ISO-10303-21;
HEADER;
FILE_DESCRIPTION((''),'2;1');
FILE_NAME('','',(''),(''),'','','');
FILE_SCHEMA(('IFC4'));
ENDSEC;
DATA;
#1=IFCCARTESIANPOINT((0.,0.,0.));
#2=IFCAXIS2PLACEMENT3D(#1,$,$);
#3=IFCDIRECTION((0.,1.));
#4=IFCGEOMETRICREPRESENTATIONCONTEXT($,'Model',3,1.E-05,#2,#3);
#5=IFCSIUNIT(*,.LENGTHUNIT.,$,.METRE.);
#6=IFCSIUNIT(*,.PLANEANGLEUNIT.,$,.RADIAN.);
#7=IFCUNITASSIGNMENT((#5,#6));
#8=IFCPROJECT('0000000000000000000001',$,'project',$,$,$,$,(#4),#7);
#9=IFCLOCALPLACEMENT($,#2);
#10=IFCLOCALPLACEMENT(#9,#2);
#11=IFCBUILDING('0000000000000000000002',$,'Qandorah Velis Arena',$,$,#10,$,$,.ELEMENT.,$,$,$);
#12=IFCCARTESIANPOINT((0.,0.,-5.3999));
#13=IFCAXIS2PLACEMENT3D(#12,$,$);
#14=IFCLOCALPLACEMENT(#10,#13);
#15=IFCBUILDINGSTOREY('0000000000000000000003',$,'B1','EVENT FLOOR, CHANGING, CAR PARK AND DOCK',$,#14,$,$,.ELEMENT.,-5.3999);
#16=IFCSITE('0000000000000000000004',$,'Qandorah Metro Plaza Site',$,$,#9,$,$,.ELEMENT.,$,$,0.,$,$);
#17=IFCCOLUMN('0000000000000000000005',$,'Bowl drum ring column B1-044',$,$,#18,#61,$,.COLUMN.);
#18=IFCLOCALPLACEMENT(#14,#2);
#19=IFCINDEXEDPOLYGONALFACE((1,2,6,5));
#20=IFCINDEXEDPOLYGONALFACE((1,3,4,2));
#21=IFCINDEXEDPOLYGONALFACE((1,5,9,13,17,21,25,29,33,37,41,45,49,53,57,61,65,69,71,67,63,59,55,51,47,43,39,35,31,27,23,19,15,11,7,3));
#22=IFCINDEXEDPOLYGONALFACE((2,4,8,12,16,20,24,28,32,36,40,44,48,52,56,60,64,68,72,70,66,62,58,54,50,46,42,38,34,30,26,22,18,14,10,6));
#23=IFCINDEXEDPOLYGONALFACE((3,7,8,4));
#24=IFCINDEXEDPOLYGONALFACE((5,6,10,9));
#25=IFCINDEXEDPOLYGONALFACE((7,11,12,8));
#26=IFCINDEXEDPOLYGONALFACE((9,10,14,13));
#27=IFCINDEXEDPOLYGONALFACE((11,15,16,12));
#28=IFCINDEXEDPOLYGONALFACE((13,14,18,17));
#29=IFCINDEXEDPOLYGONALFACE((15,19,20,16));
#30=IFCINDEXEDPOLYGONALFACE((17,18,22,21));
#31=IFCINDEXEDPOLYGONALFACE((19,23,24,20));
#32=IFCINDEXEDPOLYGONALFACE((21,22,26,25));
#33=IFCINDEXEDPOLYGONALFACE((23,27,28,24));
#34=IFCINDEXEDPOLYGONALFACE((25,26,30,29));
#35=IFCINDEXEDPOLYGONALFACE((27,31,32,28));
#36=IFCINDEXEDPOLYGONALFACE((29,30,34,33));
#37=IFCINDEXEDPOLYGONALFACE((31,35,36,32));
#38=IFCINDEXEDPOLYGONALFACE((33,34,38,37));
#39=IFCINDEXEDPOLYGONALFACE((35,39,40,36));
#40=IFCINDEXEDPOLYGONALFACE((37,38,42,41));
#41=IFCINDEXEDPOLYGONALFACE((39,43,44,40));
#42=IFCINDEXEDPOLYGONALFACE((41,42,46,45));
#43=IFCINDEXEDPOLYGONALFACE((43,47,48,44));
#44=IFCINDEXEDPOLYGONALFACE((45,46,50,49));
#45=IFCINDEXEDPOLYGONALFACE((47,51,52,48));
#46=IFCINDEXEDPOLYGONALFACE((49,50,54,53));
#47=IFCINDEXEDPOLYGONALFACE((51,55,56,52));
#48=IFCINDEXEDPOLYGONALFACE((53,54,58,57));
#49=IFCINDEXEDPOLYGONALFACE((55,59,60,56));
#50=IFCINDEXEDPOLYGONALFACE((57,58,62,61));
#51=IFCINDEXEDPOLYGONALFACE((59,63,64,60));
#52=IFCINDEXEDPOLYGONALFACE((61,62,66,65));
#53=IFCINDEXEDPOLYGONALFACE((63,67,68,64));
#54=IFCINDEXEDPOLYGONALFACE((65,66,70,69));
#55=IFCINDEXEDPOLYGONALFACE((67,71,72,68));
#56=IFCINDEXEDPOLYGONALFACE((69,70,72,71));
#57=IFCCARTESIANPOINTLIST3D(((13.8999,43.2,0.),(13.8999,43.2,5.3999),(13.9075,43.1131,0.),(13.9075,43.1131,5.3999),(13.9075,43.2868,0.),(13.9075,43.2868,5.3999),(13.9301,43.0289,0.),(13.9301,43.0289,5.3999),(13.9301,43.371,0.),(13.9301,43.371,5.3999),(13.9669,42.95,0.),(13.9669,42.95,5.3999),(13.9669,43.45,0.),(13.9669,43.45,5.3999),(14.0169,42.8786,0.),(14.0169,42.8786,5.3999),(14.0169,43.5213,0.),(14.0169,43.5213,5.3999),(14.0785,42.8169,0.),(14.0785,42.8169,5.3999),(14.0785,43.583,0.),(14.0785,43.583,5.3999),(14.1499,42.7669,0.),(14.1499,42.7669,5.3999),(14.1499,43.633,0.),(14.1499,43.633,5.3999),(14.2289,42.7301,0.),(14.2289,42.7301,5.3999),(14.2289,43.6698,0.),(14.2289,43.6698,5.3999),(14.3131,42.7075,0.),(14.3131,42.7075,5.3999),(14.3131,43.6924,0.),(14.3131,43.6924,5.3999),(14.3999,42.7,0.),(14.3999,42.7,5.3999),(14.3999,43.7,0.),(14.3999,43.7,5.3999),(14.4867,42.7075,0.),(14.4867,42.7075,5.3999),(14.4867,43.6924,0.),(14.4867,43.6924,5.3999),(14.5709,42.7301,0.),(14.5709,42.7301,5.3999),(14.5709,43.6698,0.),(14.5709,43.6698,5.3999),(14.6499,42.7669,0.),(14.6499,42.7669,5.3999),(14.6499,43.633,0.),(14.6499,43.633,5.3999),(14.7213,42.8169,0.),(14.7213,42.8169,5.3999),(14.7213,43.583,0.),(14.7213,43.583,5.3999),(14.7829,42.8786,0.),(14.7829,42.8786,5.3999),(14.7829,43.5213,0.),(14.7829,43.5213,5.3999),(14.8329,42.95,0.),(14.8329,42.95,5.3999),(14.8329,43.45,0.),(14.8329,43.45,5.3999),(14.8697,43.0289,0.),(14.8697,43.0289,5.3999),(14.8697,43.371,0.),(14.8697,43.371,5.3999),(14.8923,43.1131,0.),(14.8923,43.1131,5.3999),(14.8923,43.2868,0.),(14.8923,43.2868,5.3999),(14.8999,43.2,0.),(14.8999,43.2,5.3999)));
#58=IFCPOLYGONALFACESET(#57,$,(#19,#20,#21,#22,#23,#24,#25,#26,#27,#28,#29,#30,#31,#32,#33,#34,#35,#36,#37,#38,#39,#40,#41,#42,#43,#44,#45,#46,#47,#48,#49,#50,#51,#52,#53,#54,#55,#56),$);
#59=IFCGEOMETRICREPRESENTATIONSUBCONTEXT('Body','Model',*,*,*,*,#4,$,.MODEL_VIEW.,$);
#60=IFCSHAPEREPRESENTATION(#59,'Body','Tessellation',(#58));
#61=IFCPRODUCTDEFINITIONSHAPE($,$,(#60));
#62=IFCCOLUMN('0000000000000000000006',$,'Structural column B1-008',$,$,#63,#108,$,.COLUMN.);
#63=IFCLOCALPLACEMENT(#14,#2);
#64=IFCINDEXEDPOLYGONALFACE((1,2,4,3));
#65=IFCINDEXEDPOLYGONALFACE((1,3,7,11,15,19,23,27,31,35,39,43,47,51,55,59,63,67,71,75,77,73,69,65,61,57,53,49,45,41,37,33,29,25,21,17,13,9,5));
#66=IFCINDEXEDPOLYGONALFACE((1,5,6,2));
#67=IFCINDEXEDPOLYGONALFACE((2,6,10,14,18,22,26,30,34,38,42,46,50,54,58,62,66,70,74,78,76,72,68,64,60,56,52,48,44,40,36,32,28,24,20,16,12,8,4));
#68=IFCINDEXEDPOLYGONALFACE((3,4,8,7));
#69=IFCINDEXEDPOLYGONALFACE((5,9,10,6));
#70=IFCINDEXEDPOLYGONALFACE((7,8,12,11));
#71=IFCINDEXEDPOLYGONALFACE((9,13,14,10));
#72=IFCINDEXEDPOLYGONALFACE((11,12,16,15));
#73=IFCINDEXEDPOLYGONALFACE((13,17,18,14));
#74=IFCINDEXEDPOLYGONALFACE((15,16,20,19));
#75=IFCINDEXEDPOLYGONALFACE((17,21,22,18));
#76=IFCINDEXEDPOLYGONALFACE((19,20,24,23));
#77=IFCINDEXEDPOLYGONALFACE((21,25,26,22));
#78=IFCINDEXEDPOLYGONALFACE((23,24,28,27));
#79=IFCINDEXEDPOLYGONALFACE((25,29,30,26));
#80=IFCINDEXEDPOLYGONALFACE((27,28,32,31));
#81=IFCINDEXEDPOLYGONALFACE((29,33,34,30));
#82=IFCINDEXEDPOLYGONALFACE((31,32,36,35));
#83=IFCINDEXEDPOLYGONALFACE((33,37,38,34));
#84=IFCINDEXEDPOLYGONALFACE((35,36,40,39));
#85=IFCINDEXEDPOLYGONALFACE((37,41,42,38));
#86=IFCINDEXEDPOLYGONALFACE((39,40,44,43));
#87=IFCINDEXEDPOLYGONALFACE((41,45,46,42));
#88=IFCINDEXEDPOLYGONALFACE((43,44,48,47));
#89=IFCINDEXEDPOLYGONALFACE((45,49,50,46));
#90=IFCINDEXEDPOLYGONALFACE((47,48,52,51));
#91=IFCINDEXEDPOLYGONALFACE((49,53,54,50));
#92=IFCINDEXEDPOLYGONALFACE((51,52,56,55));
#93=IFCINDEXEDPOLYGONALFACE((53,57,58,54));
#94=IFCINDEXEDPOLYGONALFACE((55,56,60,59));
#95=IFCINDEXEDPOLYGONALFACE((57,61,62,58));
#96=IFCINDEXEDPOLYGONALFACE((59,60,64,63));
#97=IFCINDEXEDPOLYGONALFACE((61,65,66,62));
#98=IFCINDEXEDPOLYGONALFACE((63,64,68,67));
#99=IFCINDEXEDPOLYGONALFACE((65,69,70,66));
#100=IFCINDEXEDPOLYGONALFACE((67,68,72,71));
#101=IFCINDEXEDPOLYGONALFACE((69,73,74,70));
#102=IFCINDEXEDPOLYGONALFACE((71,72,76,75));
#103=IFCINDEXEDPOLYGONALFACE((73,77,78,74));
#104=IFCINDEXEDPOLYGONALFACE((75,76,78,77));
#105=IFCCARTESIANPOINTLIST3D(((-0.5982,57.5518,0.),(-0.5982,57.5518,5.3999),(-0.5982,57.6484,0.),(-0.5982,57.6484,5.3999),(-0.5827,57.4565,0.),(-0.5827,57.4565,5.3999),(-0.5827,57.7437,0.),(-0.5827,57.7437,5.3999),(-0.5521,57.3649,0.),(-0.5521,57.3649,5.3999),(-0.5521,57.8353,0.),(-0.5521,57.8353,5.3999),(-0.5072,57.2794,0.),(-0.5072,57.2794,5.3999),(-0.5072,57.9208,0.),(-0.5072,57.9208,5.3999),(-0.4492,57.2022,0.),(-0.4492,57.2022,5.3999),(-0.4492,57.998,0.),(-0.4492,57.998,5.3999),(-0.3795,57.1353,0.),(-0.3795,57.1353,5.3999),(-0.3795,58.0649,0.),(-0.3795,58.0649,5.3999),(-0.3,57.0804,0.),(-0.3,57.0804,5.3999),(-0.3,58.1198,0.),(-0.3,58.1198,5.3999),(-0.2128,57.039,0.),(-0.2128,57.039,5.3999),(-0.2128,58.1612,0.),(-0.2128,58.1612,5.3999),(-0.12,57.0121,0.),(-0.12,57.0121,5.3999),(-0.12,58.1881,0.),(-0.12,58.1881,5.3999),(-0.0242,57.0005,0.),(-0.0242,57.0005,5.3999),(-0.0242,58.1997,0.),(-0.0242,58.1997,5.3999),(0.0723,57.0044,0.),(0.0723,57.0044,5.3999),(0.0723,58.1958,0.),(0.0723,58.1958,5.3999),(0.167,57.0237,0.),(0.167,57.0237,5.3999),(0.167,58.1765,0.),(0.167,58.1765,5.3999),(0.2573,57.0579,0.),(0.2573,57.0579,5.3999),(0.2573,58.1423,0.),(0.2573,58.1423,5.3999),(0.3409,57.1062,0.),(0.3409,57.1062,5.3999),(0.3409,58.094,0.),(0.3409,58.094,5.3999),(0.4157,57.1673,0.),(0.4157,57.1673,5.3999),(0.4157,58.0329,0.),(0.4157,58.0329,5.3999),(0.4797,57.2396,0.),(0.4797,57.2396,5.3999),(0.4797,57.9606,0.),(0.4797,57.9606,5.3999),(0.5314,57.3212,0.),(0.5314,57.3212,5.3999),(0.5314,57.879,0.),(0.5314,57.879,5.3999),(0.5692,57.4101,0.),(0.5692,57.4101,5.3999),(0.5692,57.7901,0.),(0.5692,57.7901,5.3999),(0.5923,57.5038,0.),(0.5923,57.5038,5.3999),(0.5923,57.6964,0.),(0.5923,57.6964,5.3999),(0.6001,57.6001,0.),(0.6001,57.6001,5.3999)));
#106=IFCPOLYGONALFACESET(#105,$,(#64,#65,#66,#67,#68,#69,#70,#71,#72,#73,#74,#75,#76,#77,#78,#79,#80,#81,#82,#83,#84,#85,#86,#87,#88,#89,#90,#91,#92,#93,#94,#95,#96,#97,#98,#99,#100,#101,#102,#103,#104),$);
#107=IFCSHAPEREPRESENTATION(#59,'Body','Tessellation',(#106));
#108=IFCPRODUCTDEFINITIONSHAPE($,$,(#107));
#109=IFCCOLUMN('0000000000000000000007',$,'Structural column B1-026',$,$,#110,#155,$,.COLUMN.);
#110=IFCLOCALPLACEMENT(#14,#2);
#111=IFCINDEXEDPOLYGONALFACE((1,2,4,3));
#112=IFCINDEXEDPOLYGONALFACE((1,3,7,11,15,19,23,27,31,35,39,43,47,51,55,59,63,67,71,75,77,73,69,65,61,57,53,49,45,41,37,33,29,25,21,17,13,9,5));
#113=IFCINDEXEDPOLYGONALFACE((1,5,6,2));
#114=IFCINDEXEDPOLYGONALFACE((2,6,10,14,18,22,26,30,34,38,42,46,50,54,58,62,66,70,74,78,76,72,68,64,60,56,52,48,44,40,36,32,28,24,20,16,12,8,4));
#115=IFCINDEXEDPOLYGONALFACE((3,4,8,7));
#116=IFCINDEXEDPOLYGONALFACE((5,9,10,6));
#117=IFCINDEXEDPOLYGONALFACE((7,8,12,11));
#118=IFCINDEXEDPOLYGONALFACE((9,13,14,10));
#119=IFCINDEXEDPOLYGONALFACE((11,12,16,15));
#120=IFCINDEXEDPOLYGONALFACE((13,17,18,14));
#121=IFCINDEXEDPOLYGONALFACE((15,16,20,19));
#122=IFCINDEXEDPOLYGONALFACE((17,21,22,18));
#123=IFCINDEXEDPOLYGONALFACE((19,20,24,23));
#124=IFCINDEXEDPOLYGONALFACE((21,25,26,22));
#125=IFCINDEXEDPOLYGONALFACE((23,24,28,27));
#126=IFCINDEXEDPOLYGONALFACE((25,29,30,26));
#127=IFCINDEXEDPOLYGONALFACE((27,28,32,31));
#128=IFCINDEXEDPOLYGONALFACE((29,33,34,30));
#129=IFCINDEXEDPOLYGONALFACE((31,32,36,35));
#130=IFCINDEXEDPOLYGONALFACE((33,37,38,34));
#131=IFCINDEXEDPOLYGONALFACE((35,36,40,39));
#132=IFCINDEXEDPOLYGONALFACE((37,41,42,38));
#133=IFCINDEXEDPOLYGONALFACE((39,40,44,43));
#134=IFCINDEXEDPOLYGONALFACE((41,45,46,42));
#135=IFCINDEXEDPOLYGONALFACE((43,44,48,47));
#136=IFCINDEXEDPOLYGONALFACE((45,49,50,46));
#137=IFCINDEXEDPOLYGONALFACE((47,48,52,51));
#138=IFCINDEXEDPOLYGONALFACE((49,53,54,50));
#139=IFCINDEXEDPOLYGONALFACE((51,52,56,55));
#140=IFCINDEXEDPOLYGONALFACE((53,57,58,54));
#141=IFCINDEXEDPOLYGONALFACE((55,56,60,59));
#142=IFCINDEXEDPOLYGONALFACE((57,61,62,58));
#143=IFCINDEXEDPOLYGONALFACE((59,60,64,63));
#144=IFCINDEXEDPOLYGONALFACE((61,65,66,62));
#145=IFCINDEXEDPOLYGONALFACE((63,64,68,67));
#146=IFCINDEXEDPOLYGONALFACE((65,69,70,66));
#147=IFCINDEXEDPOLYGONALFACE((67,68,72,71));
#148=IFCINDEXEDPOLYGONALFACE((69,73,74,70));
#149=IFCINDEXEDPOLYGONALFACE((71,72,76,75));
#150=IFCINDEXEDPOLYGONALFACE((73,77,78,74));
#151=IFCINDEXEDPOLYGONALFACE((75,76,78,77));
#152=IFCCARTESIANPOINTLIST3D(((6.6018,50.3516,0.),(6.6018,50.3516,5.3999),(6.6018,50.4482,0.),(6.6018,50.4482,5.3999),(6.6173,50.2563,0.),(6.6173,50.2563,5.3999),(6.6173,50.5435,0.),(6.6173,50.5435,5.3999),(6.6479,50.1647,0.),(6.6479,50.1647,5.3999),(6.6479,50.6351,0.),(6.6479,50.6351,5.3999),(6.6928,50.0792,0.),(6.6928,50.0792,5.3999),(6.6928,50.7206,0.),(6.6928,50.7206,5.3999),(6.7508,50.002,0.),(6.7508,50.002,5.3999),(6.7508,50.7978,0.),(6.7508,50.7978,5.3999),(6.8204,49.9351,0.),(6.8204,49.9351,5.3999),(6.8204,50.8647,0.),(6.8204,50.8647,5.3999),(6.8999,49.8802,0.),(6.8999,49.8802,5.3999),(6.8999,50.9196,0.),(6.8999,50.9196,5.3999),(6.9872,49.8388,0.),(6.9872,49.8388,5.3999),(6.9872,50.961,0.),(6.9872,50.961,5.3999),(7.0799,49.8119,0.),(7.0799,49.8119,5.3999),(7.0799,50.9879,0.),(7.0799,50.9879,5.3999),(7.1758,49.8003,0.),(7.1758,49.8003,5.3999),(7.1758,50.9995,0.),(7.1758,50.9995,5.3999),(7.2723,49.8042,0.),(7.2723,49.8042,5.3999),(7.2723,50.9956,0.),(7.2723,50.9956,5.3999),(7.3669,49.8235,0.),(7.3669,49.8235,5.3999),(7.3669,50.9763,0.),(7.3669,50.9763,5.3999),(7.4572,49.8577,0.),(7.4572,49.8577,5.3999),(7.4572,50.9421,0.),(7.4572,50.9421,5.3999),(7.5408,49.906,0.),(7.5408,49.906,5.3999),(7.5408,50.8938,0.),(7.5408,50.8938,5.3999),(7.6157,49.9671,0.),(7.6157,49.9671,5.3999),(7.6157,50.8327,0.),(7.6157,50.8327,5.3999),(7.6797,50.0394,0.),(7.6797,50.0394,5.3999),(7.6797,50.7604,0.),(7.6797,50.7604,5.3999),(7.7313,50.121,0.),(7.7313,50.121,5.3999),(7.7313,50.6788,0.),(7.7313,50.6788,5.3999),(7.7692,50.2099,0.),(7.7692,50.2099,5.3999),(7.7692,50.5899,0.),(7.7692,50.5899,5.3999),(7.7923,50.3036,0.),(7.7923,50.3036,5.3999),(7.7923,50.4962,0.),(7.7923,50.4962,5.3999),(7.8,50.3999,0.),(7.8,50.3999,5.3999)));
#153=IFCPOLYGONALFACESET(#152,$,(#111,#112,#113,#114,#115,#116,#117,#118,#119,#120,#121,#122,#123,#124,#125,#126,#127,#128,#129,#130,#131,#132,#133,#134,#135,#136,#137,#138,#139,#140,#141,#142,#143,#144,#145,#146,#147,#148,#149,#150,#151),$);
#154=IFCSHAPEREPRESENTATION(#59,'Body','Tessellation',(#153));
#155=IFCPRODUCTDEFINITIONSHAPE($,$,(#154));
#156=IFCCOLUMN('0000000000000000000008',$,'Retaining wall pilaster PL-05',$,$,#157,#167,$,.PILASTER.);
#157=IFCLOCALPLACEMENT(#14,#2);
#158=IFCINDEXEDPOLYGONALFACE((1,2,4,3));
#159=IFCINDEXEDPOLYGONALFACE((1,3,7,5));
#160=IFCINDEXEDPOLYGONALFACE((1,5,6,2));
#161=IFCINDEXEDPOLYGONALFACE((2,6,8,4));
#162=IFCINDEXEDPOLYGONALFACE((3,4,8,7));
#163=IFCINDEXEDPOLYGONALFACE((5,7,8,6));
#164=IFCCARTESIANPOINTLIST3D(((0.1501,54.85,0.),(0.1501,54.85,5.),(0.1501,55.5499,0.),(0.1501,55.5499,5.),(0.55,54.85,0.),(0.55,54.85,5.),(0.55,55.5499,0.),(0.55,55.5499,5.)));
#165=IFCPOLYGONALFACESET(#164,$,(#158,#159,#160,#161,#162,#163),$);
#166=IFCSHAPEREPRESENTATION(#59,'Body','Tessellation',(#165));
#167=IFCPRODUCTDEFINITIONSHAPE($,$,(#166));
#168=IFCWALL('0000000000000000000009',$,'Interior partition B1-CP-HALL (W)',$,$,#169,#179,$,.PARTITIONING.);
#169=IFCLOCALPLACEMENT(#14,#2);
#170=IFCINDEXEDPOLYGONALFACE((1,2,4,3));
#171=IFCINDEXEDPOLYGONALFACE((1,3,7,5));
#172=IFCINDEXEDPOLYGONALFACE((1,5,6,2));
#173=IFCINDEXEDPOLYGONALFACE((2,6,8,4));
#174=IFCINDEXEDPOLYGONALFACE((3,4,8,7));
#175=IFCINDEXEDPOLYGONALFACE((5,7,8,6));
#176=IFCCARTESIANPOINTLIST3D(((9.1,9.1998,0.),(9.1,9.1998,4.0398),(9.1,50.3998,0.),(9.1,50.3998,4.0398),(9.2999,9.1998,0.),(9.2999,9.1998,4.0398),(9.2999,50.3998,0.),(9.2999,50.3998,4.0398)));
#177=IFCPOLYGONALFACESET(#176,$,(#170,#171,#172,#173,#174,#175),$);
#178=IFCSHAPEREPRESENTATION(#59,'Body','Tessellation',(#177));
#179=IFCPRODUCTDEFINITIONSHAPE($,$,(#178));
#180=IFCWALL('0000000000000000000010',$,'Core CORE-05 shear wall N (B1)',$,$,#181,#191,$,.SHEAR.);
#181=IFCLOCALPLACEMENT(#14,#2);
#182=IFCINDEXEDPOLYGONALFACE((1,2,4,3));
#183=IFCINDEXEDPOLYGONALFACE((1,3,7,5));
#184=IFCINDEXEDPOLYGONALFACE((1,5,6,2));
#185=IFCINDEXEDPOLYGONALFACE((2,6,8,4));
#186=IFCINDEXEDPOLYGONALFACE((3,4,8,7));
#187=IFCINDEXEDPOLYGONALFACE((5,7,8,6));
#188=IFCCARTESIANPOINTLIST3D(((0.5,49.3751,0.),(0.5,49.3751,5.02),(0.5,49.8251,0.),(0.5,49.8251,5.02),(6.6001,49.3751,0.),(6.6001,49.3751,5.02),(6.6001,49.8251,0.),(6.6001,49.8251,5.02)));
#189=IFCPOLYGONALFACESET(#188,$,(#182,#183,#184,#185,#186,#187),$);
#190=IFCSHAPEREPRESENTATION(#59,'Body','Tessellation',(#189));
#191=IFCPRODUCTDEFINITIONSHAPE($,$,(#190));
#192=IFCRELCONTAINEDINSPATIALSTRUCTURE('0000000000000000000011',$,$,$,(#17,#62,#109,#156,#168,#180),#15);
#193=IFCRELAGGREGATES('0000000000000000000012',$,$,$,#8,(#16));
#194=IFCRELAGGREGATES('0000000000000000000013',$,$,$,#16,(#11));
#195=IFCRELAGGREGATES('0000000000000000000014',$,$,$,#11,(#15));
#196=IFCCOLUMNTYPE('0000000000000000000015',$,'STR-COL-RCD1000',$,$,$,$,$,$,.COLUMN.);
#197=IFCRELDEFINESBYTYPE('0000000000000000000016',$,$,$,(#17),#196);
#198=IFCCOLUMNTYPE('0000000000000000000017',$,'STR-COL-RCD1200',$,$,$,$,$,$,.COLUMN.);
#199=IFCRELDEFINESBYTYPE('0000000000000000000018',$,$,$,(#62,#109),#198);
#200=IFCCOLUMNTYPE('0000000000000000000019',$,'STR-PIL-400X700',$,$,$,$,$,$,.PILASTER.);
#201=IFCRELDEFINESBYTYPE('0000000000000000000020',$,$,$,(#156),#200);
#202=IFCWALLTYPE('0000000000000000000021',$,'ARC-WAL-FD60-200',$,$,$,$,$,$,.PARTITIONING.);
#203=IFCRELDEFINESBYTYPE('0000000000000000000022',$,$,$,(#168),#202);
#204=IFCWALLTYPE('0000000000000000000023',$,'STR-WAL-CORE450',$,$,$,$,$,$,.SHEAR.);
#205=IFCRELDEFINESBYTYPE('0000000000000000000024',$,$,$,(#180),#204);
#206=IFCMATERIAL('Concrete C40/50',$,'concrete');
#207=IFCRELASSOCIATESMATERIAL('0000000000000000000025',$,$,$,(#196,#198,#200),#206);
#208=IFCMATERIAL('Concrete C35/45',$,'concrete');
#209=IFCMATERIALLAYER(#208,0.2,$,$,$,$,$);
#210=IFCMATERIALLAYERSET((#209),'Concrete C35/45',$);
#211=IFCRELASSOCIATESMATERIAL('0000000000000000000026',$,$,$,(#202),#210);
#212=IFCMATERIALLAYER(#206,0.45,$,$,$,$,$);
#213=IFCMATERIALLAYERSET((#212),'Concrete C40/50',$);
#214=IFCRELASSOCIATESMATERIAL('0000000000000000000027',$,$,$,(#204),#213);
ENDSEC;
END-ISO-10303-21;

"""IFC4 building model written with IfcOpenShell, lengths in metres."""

from ifc_helpers import new_model, si_unit, direction, frame, frame_2d, origin, origin_2d, place, context, subcontext, project, spatial, rectangle, circle, extrude, material, layer, layer_set, material_profile, profile_set, type_object, element, save


model = new_model("IFC4")

# Units and contexts
model_context = context("Model", 3, precision=1e-05, world=origin(), true_north=direction((0.0, 1.0)))
body_context = subcontext(model_context, "Body", "Model", "MODEL_VIEW")
ifc_project = project(units=[si_unit("LENGTHUNIT", "METRE"), si_unit("PLANEANGLEUNIT", "RADIAN")], contexts=[model_context])

# Site, building, storey
site_placement = place(None, origin())
site = spatial("IfcSite", under=ifc_project, at=site_placement, Name="Qandorah Metro Plaza Site", CompositionType="ELEMENT", RefElevation=0.0)
building_placement = place(site_placement, origin())
building = spatial("IfcBuilding", under=site, at=building_placement, Name="Qandorah Velis Arena", CompositionType="ELEMENT")
storey_placement = place(building_placement, frame((0.0, 0.0, -5.3999)))
storey = spatial("IfcBuildingStorey", under=building, at=storey_placement, Name="B1", Description="EVENT FLOOR, CHANGING, CAR PARK AND DOCK", CompositionType="ELEMENT", Elevation=-5.3999)

# Shared definitions
ifc_material_1 = material(Name="Concrete C40/50", Category="concrete")

# Columns
ifc_material_profile_1 = material_profile(ifc_material_1, circle(Radius=0.5, at=origin_2d()), Name="RC D1000")
ifc_profile_set_1 = profile_set([ifc_material_profile_1], Name="Concrete C40/50")
column_type_1 = type_object("IfcColumnType", Name="STR-COL-RCD1000", PredefinedType="COLUMN", material=ifc_profile_set_1)
column_1_placement = place(storey_placement, frame((14.3999, 43.2, 0.0), z_axis=(0.0, 0.0, 1.0), x_axis=(1.0, 0.0, 0.0)))
element("IfcColumn", 1, at=column_1_placement, inside=storey, type_object=column_type_1, Name="Bowl drum ring column B1-044", PredefinedType="COLUMN", context=body_context, shape_type="SweptSolid", body=[
    extrude(circle(Radius=0.5, at=origin_2d()), origin(), (0.0, 0.0, 1.0), 5.3999),
])
ifc_material_profile_2 = material_profile(ifc_material_1, circle(Radius=0.6001, at=origin_2d()), Name="RC D1200")
ifc_profile_set_2 = profile_set([ifc_material_profile_2], Name="Concrete C40/50")
column_type_2 = type_object("IfcColumnType", Name="STR-COL-RCD1200", PredefinedType="COLUMN", material=ifc_profile_set_2)
for number, where, z_axis, x_axis, name in (
    (2, (0.0, 57.6001, 0.0), (0.0, 0.0, 1.0), (1.0, 0.0, 0.0), "Structural column B1-008"),
    (3, (7.2, 50.3999, 0.0), (0.0, 0.0, 1.0), (1.0, 0.0, 0.0), "Structural column B1-026"),
):
    element("IfcColumn", number, at=place(storey_placement, frame(where, z_axis=z_axis, x_axis=x_axis)), inside=storey, type_object=column_type_2, Name=name, PredefinedType="COLUMN", context=body_context, shape_type="SweptSolid", body=[
        extrude(circle(Radius=0.6001, at=origin_2d()), origin(), (0.0, 0.0, 1.0), 5.3999),
    ])
ifc_material_profile_3 = material_profile(ifc_material_1, rectangle(XDim=0.3999, YDim=0.7, at=origin_2d()), Name="RC PIL 400x700")
ifc_profile_set_3 = profile_set([ifc_material_profile_3], Name="Concrete C40/50")
column_type_3 = type_object("IfcColumnType", Name="STR-PIL-400X700", PredefinedType="PILASTER", material=ifc_profile_set_3)
column_2_placement = place(storey_placement, frame((0.3501, 55.2, 0.0), z_axis=(0.0, 0.0, 1.0), x_axis=(1.0, 0.0, 0.0)))
element("IfcColumn", 4, at=column_2_placement, inside=storey, type_object=column_type_3, Name="Retaining wall pilaster PL-05", PredefinedType="PILASTER", context=body_context, shape_type="SweptSolid", body=[
    extrude(rectangle(XDim=0.3999, YDim=0.7, at=origin_2d()), origin(), (0.0, 0.0, 1.0), 5.0),
])

# Walls
ifc_material_2 = material(Name="Concrete C35/45", Category="concrete")
ifc_layer_1 = layer(ifc_material_2, 0.2)
ifc_layer_set_1 = layer_set([ifc_layer_1], Name="Concrete C35/45")
wall_type_1 = type_object("IfcWallType", Name="ARC-WAL-FD60-200", PredefinedType="PARTITIONING", material=ifc_layer_set_1)
wall_1_placement = place(storey_placement, frame((9.2, 50.3999, 0.0), z_axis=(0.0, 0.0, 1.0), x_axis=(0.0, -1.0, 0.0)))
element("IfcWall", 5, at=wall_1_placement, inside=storey, type_object=wall_type_1, Name="Interior partition B1-CP-HALL (W)", PredefinedType="PARTITIONING", context=body_context, shape_type="SweptSolid", body=[
    extrude(rectangle(XDim=41.2, YDim=0.2, at=frame_2d((20.6001, 0.0))), origin(), (0.0, 0.0, 1.0), 4.0398),
])
ifc_layer_2 = layer(ifc_material_1, 0.45)
ifc_layer_set_2 = layer_set([ifc_layer_2], Name="Concrete C40/50")
wall_type_2 = type_object("IfcWallType", Name="STR-WAL-CORE450", PredefinedType="SHEAR", material=ifc_layer_set_2)
wall_2_placement = place(storey_placement, frame((0.5, 49.6001, 0.0), z_axis=(0.0, 0.0, 1.0), x_axis=(1.0, 0.0, 0.0)))
element("IfcWall", 6, at=wall_2_placement, inside=storey, type_object=wall_type_2, Name="Core CORE-05 shear wall N (B1)", PredefinedType="SHEAR", context=body_context, shape_type="SweptSolid", body=[
    extrude(rectangle(XDim=6.1001, YDim=0.45, at=frame_2d((3.05, 0.0))), origin(), (0.0, 0.0, 1.0), 5.02),
])

save(model, "model.ifc")
